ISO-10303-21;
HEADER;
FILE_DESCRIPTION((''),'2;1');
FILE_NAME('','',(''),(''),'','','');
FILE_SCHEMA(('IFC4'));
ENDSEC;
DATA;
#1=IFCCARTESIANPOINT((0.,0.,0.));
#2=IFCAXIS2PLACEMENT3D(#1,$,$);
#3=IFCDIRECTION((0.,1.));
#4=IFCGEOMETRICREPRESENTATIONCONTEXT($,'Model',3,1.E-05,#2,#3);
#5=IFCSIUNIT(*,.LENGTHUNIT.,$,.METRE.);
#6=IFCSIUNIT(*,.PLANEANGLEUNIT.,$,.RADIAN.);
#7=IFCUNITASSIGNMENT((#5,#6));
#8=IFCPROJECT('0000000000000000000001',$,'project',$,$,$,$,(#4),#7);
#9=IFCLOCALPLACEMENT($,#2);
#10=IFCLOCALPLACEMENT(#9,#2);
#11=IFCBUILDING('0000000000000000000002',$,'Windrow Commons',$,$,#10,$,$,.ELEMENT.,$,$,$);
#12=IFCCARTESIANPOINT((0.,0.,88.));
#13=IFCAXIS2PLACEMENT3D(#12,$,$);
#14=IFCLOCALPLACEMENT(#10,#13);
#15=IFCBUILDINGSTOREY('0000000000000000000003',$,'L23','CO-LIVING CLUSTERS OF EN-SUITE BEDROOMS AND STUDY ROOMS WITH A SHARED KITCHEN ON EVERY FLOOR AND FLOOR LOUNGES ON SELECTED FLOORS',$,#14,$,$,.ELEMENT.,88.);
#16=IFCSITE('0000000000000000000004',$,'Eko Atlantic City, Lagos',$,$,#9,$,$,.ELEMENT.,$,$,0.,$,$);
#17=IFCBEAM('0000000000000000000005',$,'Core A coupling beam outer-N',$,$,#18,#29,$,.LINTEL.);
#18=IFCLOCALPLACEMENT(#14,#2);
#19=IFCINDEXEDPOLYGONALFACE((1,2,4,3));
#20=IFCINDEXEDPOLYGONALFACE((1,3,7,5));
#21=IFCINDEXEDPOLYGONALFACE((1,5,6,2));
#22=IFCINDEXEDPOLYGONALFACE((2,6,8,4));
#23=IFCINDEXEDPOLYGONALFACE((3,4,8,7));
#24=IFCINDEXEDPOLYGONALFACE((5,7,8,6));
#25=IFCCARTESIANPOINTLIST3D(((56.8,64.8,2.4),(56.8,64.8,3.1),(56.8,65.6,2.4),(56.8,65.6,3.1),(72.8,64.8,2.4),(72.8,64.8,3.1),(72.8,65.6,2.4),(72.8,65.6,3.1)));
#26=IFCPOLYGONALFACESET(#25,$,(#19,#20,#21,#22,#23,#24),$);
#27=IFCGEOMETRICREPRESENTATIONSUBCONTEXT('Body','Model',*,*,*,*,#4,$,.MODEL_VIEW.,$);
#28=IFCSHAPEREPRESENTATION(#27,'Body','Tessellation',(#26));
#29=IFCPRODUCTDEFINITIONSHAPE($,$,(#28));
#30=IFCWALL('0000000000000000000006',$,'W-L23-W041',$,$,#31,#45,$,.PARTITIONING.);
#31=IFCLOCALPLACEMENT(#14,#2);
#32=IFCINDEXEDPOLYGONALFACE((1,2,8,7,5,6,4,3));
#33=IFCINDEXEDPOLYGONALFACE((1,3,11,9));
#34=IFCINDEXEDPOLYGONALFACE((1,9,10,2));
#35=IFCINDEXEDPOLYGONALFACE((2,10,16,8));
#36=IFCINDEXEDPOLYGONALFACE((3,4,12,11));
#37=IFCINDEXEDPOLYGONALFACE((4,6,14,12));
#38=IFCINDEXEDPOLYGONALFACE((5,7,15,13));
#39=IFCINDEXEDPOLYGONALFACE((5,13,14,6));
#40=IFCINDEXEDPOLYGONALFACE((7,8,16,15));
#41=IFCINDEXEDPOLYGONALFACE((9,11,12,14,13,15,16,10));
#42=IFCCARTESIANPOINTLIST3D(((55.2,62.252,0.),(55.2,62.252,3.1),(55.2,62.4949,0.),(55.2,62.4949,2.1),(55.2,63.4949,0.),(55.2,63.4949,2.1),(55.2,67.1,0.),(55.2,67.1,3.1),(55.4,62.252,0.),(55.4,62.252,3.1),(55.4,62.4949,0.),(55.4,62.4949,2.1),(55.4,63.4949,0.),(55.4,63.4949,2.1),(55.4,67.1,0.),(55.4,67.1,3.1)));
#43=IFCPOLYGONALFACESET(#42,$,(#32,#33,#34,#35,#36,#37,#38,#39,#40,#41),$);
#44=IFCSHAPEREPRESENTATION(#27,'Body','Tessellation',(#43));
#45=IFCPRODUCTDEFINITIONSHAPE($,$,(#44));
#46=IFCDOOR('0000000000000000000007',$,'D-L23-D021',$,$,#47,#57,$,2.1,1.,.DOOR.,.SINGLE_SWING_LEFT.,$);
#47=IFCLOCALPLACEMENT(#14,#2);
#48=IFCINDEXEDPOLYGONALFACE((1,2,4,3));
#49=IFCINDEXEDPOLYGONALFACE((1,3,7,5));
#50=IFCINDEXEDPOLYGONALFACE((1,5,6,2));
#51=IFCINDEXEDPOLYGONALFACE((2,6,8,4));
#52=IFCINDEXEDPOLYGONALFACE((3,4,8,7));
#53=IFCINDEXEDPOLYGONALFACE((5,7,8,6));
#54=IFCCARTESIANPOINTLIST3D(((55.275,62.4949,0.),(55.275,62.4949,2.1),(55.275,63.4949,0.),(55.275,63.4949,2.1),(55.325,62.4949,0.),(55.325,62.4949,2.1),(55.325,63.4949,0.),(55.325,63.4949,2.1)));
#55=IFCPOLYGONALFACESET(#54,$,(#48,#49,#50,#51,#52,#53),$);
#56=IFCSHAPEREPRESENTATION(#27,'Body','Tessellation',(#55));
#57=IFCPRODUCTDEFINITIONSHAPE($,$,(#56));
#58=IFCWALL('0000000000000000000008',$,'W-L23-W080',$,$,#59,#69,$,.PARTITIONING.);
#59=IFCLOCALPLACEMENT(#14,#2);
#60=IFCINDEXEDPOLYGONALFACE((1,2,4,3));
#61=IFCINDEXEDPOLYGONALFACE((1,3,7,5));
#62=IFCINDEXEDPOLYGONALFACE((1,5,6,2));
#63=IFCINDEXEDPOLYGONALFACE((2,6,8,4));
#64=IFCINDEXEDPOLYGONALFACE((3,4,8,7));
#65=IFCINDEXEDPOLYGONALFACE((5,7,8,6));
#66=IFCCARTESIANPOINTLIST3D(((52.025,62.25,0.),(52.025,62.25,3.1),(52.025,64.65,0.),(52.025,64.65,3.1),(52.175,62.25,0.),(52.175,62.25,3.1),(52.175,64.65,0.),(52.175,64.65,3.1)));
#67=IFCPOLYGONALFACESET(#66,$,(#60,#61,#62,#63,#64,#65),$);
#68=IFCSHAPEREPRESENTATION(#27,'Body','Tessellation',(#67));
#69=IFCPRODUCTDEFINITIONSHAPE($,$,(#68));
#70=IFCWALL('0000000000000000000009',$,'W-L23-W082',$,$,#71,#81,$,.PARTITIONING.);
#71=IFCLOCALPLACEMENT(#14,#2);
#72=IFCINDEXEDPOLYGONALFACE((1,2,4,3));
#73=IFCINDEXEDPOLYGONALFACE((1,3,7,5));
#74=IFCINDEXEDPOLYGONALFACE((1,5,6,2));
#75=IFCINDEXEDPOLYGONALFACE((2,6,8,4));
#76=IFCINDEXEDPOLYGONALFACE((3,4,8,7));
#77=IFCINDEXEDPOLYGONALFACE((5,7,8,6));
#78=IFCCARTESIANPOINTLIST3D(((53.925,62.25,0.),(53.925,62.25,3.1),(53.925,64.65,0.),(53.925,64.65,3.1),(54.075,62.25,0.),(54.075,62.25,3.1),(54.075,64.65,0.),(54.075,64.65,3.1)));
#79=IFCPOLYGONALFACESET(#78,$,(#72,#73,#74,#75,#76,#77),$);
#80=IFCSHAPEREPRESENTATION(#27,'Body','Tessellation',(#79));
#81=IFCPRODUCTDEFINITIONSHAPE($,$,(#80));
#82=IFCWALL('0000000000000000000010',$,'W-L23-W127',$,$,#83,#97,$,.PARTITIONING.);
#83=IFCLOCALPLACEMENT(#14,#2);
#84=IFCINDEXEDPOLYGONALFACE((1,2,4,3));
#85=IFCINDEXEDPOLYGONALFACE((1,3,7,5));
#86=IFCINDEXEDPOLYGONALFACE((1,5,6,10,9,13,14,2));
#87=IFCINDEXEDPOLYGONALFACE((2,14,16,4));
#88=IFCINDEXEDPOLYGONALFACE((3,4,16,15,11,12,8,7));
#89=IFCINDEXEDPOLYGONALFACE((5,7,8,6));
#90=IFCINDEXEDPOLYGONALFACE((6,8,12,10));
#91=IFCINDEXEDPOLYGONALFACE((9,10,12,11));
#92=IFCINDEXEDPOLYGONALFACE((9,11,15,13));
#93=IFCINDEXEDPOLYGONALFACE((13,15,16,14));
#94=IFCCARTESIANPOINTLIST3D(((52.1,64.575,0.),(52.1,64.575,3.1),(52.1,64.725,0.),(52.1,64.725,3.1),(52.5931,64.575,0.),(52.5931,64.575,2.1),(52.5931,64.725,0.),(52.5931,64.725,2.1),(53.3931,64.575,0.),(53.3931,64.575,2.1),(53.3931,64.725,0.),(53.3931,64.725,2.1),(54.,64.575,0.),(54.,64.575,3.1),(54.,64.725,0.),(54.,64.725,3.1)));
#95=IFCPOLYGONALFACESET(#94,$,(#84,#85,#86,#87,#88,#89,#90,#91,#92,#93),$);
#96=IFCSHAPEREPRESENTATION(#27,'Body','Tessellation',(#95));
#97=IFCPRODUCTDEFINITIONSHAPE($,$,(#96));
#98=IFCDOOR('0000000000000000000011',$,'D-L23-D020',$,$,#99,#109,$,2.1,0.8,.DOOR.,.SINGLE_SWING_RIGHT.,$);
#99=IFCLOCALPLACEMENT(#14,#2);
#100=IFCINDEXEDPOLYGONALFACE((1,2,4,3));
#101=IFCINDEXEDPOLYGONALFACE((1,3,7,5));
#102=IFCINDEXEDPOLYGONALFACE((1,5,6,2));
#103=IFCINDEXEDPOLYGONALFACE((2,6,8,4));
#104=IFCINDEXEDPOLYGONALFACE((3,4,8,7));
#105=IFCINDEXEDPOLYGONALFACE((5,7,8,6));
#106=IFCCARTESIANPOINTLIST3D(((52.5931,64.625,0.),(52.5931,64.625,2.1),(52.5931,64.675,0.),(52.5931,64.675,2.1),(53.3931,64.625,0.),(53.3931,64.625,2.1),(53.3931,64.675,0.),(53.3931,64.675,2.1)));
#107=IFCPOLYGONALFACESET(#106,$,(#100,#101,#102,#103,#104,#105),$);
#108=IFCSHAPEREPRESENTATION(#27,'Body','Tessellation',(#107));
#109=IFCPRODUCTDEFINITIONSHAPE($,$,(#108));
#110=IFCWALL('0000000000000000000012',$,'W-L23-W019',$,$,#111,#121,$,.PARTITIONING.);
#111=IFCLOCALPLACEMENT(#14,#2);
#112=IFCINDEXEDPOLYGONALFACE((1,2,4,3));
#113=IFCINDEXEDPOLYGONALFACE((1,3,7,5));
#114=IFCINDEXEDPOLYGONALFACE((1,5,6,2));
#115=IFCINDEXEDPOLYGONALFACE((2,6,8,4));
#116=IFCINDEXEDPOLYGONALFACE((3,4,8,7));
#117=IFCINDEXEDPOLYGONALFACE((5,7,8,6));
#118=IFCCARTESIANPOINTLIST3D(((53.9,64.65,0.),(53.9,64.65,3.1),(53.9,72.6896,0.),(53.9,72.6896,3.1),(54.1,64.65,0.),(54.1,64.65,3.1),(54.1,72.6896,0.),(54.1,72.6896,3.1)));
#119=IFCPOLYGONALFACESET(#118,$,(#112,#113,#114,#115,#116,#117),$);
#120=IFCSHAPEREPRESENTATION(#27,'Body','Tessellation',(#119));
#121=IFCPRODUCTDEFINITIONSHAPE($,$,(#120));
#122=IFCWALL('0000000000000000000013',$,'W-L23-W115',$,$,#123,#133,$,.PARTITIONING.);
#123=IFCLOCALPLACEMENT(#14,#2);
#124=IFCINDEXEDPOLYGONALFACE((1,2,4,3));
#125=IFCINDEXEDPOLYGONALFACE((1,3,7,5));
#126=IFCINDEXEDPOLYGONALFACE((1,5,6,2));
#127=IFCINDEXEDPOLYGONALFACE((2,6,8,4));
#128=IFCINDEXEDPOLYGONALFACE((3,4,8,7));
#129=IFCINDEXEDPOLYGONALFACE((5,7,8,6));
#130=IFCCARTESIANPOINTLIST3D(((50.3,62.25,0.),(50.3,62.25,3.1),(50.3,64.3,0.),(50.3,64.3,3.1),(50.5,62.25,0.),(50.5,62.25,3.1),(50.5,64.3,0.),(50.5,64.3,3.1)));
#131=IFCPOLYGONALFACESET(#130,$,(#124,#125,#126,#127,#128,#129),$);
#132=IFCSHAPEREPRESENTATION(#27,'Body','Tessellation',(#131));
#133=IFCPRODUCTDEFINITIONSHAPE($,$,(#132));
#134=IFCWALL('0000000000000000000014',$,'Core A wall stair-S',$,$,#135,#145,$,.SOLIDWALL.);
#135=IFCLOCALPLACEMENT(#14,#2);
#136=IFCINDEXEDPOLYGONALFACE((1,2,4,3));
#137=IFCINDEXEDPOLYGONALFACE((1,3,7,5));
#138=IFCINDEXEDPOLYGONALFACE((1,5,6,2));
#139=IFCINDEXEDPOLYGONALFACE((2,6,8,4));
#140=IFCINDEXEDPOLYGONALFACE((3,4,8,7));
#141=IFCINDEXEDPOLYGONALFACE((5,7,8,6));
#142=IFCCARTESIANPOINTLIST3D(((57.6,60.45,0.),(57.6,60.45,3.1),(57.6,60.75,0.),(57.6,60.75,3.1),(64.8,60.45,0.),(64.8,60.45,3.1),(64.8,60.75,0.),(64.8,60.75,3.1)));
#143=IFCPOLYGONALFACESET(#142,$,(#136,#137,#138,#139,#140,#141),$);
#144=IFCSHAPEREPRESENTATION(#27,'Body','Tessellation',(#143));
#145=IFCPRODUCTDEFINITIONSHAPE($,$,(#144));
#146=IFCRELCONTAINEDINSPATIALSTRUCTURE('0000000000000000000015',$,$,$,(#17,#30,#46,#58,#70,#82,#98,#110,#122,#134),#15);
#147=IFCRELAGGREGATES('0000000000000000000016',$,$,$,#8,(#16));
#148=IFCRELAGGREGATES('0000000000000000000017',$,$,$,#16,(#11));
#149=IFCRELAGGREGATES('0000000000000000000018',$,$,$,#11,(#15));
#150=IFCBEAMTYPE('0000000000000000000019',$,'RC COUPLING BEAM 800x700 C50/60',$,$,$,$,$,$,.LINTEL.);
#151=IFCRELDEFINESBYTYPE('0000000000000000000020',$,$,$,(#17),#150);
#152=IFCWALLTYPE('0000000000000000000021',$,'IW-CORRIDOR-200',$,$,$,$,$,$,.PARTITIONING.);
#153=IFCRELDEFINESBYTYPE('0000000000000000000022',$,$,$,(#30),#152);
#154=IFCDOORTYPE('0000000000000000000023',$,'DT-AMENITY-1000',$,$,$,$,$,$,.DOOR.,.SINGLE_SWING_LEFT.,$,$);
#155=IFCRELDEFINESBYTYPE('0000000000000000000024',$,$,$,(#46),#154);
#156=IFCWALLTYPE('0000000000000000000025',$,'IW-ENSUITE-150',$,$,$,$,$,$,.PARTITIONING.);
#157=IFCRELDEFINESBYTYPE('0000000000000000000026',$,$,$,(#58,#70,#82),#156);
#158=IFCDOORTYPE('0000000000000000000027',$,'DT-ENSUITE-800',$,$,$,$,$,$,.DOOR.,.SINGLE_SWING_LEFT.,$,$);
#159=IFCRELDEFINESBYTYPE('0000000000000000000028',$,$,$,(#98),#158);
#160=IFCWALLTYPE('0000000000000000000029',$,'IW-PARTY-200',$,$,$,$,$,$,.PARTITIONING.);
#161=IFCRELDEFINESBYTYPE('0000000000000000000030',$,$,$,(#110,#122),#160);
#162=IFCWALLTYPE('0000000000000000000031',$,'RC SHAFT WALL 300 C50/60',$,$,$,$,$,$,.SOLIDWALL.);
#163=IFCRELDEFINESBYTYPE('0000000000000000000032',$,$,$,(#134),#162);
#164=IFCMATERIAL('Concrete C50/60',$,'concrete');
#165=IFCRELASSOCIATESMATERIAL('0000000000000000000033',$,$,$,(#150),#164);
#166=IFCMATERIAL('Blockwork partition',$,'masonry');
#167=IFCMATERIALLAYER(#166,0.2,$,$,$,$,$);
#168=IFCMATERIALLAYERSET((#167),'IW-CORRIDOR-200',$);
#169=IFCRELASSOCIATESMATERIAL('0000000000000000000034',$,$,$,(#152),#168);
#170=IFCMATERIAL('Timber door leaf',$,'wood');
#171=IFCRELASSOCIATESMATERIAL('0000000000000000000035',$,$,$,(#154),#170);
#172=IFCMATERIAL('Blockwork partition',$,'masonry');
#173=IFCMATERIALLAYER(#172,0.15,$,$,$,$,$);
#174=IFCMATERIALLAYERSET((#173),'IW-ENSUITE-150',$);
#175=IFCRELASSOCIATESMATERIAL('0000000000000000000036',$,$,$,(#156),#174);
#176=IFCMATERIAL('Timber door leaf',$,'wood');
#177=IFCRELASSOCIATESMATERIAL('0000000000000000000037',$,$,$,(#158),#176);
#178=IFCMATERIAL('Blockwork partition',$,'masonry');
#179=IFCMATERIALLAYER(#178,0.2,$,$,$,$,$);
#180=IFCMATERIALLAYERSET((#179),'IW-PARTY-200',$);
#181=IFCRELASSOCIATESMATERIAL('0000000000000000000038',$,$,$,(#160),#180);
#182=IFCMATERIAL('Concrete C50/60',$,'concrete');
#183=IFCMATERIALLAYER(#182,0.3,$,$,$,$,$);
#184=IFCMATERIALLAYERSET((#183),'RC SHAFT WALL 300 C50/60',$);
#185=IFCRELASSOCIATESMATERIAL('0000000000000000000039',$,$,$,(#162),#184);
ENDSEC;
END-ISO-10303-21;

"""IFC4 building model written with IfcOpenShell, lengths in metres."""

from ifc_helpers import new_model, si_unit, direction, frame, frame_2d, origin, origin_2d, place, context, subcontext, project, spatial, rectangle, extrude, material, layer, layer_set, material_profile, profile_set, type_object, element, fill, save


model = new_model("IFC4")

# Units and contexts
model_context = context("Model", 3, precision=1e-05, world=origin(), true_north=direction((0.0, 1.0)))
body_context = subcontext(model_context, "Body", "Model", "MODEL_VIEW")
ifc_project = project(units=[si_unit("LENGTHUNIT", "METRE"), si_unit("PLANEANGLEUNIT", "RADIAN")], contexts=[model_context])

# Site, building, storey
site_placement = place(None, origin())
site = spatial("IfcSite", under=ifc_project, at=site_placement, Name="Eko Atlantic City, Lagos", CompositionType="ELEMENT", RefElevation=0.0)
building_placement = place(site_placement, origin())
building = spatial("IfcBuilding", under=site, at=building_placement, Name="Windrow Commons", CompositionType="ELEMENT")
storey_placement = place(building_placement, frame((0.0, 0.0, 88.0)))
storey = spatial("IfcBuildingStorey", under=building, at=storey_placement, Name="L23", Description="CO-LIVING CLUSTERS OF EN-SUITE BEDROOMS AND STUDY ROOMS WITH A SHARED KITCHEN ON EVERY FLOOR AND FLOOR LOUNGES ON SELECTED FLOORS", CompositionType="ELEMENT", Elevation=88.0)

# Beam
ifc_material_1 = material(Name="Concrete C50/60", Category="concrete")
ifc_material_profile = material_profile(ifc_material_1, rectangle(XDim=0.8, YDim=0.7, at=origin_2d()))
ifc_profile_set = profile_set([ifc_material_profile], Name="Concrete C50/60")
beam_type = type_object("IfcBeamType", Name="RC COUPLING BEAM 800x700 C50/60", PredefinedType="LINTEL", material=ifc_profile_set)
beam_placement = place(storey_placement, frame((56.8, 65.2, 2.75), z_axis=(1.0, 0.0, 0.0), x_axis=(0.0, 1.0, 0.0)))
element("IfcBeam", 1, at=beam_placement, inside=storey, type_object=beam_type, Name="Core A coupling beam outer-N", PredefinedType="LINTEL", context=body_context, shape_type="SweptSolid", body=[
    extrude(rectangle(XDim=0.8, YDim=0.7, at=origin_2d()), origin(), (0.0, 0.0, 1.0), 16.0),
])

# Wall, opening, door
ifc_material_2 = material(Name="Blockwork partition", Category="masonry")
ifc_layer_1 = layer(ifc_material_2, 0.2)
ifc_layer_set_1 = layer_set([ifc_layer_1], Name="IW-CORRIDOR-200")
wall_type_1 = type_object("IfcWallType", Name="IW-CORRIDOR-200", PredefinedType="PARTITIONING", material=ifc_layer_set_1)
wall_1_placement = place(storey_placement, frame((55.3, 62.252, 0.0), z_axis=(0.0, 0.0, 1.0), x_axis=(0.0, 1.0, 0.0)))
wall_1 = element("IfcWall", 2, at=wall_1_placement, inside=storey, type_object=wall_type_1, Name="W-L23-W041", PredefinedType="PARTITIONING", context=body_context, shape_type="SweptSolid", body=[
    extrude(rectangle(XDim=4.848, YDim=0.2, at=frame_2d((2.424, 0.0))), origin(), (0.0, 0.0, 1.0), 3.1),
])
opening_1_placement = place(wall_1_placement, frame((0.2429, 0.0, 0.0)))
opening_1 = element("IfcOpeningElement", 3, at=opening_1_placement, cuts=wall_1, PredefinedType="OPENING", context=body_context, shape_type="SweptSolid", body=[
    extrude(rectangle(XDim=1.0, YDim=2.1, at=frame_2d((0.5, 1.05))), frame((0.0, 0.11, 0.0), z_axis=(0.0, -1.0, 0.0), x_axis=(1.0, 0.0, 0.0)), (0.0, 0.0, 1.0), 0.22),
])
ifc_material_3 = material(Name="Timber door leaf", Category="wood")
door_type_1 = type_object("IfcDoorType", Name="DT-AMENITY-1000", OperationType="SINGLE_SWING_LEFT", PredefinedType="DOOR", material=ifc_material_3)
door_1_placement = place(opening_1_placement, origin())
door_1 = element("IfcDoor", 4, at=door_1_placement, inside=storey, type_object=door_type_1, Name="D-L23-D021", OperationType="SINGLE_SWING_LEFT", OverallHeight=2.1, OverallWidth=1.0, PredefinedType="DOOR", context=body_context, shape_type="SweptSolid", body=[
    extrude(rectangle(XDim=1.0, YDim=2.1, at=frame_2d((0.5, 1.05))), frame((0.0, 0.025, 0.0), z_axis=(0.0, -1.0, 0.0), x_axis=(1.0, 0.0, 0.0)), (0.0, 0.0, 1.0), 0.05),
])
fill(opening_1, door_1)

# Walls
ifc_material_4 = material(Name="Blockwork partition", Category="masonry")
ifc_layer_2 = layer(ifc_material_4, 0.15)
ifc_layer_set_2 = layer_set([ifc_layer_2], Name="IW-ENSUITE-150")
wall_type_2 = type_object("IfcWallType", Name="IW-ENSUITE-150", PredefinedType="PARTITIONING", material=ifc_layer_set_2)
for number, where, z_axis, x_axis, name in (
    (5, (52.1, 62.25, 0.0), (0.0, 0.0, 1.0), (0.0, 1.0, 0.0), "W-L23-W080"),
    (6, (54.0, 62.25, 0.0), (0.0, 0.0, 1.0), (0.0, 1.0, 0.0), "W-L23-W082"),
):
    element("IfcWall", number, at=place(storey_placement, frame(where, z_axis=z_axis, x_axis=x_axis)), inside=storey, type_object=wall_type_2, Name=name, PredefinedType="PARTITIONING", context=body_context, shape_type="SweptSolid", body=[
        extrude(rectangle(XDim=2.4, YDim=0.15, at=frame_2d((1.2, 0.0))), origin(), (0.0, 0.0, 1.0), 3.1),
    ])

# Wall, opening, door
wall_2_placement = place(storey_placement, frame((52.1, 64.65, 0.0), z_axis=(0.0, 0.0, 1.0), x_axis=(1.0, 0.0, 0.0)))
wall_2 = element("IfcWall", 7, at=wall_2_placement, inside=storey, type_object=wall_type_2, Name="W-L23-W127", PredefinedType="PARTITIONING", context=body_context, shape_type="SweptSolid", body=[
    extrude(rectangle(XDim=1.9, YDim=0.15, at=frame_2d((0.95, 0.0))), origin(), (0.0, 0.0, 1.0), 3.1),
])
opening_2_placement = place(wall_2_placement, frame((0.4931, 0.0, 0.0)))
opening_2 = element("IfcOpeningElement", 8, at=opening_2_placement, cuts=wall_2, PredefinedType="OPENING", context=body_context, shape_type="SweptSolid", body=[
    extrude(rectangle(XDim=0.8, YDim=2.1, at=frame_2d((0.4, 1.05))), frame((0.0, 0.085, 0.0), z_axis=(0.0, -1.0, 0.0), x_axis=(1.0, 0.0, 0.0)), (0.0, 0.0, 1.0), 0.17),
])
ifc_material_5 = material(Name="Timber door leaf", Category="wood")
door_type_2 = type_object("IfcDoorType", Name="DT-ENSUITE-800", OperationType="SINGLE_SWING_LEFT", PredefinedType="DOOR", material=ifc_material_5)
door_2_placement = place(opening_2_placement, origin())
door_2 = element("IfcDoor", 9, at=door_2_placement, inside=storey, type_object=door_type_2, Name="D-L23-D020", OperationType="SINGLE_SWING_RIGHT", OverallHeight=2.1, OverallWidth=0.8, PredefinedType="DOOR", context=body_context, shape_type="SweptSolid", body=[
    extrude(rectangle(XDim=0.8, YDim=2.1, at=frame_2d((0.4, 1.05))), frame((0.0, 0.025, 0.0), z_axis=(0.0, -1.0, 0.0), x_axis=(1.0, 0.0, 0.0)), (0.0, 0.0, 1.0), 0.05),
])
fill(opening_2, door_2)

# Walls
ifc_material_6 = material(Name="Blockwork partition", Category="masonry")
ifc_layer_3 = layer(ifc_material_6, 0.2)
ifc_layer_set_3 = layer_set([ifc_layer_3], Name="IW-PARTY-200")
wall_type_3 = type_object("IfcWallType", Name="IW-PARTY-200", PredefinedType="PARTITIONING", material=ifc_layer_set_3)
wall_3_placement = place(storey_placement, frame((54.0, 64.65, 0.0), z_axis=(0.0, 0.0, 1.0), x_axis=(0.0, 1.0, 0.0)))
element("IfcWall", 10, at=wall_3_placement, inside=storey, type_object=wall_type_3, Name="W-L23-W019", PredefinedType="PARTITIONING", context=body_context, shape_type="SweptSolid", body=[
    extrude(rectangle(XDim=8.0396, YDim=0.2, at=frame_2d((4.0198, 0.0))), origin(), (0.0, 0.0, 1.0), 3.1),
])
wall_4_placement = place(storey_placement, frame((50.4, 62.25, 0.0), z_axis=(0.0, 0.0, 1.0), x_axis=(0.0, 1.0, 0.0)))
element("IfcWall", 11, at=wall_4_placement, inside=storey, type_object=wall_type_3, Name="W-L23-W115", PredefinedType="PARTITIONING", context=body_context, shape_type="SweptSolid", body=[
    extrude(rectangle(XDim=2.05, YDim=0.2, at=frame_2d((1.025, 0.0))), origin(), (0.0, 0.0, 1.0), 3.1),
])
ifc_material_7 = material(Name="Concrete C50/60", Category="concrete")
ifc_layer_4 = layer(ifc_material_7, 0.3)
ifc_layer_set_4 = layer_set([ifc_layer_4], Name="RC SHAFT WALL 300 C50/60")
wall_type_4 = type_object("IfcWallType", Name="RC SHAFT WALL 300 C50/60", PredefinedType="SOLIDWALL", material=ifc_layer_set_4)
wall_5_placement = place(storey_placement, frame((57.6, 60.6, 0.0), z_axis=(0.0, 0.0, 1.0), x_axis=(1.0, 0.0, 0.0)))
element("IfcWall", 12, at=wall_5_placement, inside=storey, type_object=wall_type_4, Name="Core A wall stair-S", PredefinedType="SOLIDWALL", context=body_context, shape_type="SweptSolid", body=[
    extrude(rectangle(XDim=7.2, YDim=0.3, at=frame_2d((3.6, 0.0))), origin(), (0.0, 0.0, 1.0), 3.1),
])

save(model, "model.ifc")
